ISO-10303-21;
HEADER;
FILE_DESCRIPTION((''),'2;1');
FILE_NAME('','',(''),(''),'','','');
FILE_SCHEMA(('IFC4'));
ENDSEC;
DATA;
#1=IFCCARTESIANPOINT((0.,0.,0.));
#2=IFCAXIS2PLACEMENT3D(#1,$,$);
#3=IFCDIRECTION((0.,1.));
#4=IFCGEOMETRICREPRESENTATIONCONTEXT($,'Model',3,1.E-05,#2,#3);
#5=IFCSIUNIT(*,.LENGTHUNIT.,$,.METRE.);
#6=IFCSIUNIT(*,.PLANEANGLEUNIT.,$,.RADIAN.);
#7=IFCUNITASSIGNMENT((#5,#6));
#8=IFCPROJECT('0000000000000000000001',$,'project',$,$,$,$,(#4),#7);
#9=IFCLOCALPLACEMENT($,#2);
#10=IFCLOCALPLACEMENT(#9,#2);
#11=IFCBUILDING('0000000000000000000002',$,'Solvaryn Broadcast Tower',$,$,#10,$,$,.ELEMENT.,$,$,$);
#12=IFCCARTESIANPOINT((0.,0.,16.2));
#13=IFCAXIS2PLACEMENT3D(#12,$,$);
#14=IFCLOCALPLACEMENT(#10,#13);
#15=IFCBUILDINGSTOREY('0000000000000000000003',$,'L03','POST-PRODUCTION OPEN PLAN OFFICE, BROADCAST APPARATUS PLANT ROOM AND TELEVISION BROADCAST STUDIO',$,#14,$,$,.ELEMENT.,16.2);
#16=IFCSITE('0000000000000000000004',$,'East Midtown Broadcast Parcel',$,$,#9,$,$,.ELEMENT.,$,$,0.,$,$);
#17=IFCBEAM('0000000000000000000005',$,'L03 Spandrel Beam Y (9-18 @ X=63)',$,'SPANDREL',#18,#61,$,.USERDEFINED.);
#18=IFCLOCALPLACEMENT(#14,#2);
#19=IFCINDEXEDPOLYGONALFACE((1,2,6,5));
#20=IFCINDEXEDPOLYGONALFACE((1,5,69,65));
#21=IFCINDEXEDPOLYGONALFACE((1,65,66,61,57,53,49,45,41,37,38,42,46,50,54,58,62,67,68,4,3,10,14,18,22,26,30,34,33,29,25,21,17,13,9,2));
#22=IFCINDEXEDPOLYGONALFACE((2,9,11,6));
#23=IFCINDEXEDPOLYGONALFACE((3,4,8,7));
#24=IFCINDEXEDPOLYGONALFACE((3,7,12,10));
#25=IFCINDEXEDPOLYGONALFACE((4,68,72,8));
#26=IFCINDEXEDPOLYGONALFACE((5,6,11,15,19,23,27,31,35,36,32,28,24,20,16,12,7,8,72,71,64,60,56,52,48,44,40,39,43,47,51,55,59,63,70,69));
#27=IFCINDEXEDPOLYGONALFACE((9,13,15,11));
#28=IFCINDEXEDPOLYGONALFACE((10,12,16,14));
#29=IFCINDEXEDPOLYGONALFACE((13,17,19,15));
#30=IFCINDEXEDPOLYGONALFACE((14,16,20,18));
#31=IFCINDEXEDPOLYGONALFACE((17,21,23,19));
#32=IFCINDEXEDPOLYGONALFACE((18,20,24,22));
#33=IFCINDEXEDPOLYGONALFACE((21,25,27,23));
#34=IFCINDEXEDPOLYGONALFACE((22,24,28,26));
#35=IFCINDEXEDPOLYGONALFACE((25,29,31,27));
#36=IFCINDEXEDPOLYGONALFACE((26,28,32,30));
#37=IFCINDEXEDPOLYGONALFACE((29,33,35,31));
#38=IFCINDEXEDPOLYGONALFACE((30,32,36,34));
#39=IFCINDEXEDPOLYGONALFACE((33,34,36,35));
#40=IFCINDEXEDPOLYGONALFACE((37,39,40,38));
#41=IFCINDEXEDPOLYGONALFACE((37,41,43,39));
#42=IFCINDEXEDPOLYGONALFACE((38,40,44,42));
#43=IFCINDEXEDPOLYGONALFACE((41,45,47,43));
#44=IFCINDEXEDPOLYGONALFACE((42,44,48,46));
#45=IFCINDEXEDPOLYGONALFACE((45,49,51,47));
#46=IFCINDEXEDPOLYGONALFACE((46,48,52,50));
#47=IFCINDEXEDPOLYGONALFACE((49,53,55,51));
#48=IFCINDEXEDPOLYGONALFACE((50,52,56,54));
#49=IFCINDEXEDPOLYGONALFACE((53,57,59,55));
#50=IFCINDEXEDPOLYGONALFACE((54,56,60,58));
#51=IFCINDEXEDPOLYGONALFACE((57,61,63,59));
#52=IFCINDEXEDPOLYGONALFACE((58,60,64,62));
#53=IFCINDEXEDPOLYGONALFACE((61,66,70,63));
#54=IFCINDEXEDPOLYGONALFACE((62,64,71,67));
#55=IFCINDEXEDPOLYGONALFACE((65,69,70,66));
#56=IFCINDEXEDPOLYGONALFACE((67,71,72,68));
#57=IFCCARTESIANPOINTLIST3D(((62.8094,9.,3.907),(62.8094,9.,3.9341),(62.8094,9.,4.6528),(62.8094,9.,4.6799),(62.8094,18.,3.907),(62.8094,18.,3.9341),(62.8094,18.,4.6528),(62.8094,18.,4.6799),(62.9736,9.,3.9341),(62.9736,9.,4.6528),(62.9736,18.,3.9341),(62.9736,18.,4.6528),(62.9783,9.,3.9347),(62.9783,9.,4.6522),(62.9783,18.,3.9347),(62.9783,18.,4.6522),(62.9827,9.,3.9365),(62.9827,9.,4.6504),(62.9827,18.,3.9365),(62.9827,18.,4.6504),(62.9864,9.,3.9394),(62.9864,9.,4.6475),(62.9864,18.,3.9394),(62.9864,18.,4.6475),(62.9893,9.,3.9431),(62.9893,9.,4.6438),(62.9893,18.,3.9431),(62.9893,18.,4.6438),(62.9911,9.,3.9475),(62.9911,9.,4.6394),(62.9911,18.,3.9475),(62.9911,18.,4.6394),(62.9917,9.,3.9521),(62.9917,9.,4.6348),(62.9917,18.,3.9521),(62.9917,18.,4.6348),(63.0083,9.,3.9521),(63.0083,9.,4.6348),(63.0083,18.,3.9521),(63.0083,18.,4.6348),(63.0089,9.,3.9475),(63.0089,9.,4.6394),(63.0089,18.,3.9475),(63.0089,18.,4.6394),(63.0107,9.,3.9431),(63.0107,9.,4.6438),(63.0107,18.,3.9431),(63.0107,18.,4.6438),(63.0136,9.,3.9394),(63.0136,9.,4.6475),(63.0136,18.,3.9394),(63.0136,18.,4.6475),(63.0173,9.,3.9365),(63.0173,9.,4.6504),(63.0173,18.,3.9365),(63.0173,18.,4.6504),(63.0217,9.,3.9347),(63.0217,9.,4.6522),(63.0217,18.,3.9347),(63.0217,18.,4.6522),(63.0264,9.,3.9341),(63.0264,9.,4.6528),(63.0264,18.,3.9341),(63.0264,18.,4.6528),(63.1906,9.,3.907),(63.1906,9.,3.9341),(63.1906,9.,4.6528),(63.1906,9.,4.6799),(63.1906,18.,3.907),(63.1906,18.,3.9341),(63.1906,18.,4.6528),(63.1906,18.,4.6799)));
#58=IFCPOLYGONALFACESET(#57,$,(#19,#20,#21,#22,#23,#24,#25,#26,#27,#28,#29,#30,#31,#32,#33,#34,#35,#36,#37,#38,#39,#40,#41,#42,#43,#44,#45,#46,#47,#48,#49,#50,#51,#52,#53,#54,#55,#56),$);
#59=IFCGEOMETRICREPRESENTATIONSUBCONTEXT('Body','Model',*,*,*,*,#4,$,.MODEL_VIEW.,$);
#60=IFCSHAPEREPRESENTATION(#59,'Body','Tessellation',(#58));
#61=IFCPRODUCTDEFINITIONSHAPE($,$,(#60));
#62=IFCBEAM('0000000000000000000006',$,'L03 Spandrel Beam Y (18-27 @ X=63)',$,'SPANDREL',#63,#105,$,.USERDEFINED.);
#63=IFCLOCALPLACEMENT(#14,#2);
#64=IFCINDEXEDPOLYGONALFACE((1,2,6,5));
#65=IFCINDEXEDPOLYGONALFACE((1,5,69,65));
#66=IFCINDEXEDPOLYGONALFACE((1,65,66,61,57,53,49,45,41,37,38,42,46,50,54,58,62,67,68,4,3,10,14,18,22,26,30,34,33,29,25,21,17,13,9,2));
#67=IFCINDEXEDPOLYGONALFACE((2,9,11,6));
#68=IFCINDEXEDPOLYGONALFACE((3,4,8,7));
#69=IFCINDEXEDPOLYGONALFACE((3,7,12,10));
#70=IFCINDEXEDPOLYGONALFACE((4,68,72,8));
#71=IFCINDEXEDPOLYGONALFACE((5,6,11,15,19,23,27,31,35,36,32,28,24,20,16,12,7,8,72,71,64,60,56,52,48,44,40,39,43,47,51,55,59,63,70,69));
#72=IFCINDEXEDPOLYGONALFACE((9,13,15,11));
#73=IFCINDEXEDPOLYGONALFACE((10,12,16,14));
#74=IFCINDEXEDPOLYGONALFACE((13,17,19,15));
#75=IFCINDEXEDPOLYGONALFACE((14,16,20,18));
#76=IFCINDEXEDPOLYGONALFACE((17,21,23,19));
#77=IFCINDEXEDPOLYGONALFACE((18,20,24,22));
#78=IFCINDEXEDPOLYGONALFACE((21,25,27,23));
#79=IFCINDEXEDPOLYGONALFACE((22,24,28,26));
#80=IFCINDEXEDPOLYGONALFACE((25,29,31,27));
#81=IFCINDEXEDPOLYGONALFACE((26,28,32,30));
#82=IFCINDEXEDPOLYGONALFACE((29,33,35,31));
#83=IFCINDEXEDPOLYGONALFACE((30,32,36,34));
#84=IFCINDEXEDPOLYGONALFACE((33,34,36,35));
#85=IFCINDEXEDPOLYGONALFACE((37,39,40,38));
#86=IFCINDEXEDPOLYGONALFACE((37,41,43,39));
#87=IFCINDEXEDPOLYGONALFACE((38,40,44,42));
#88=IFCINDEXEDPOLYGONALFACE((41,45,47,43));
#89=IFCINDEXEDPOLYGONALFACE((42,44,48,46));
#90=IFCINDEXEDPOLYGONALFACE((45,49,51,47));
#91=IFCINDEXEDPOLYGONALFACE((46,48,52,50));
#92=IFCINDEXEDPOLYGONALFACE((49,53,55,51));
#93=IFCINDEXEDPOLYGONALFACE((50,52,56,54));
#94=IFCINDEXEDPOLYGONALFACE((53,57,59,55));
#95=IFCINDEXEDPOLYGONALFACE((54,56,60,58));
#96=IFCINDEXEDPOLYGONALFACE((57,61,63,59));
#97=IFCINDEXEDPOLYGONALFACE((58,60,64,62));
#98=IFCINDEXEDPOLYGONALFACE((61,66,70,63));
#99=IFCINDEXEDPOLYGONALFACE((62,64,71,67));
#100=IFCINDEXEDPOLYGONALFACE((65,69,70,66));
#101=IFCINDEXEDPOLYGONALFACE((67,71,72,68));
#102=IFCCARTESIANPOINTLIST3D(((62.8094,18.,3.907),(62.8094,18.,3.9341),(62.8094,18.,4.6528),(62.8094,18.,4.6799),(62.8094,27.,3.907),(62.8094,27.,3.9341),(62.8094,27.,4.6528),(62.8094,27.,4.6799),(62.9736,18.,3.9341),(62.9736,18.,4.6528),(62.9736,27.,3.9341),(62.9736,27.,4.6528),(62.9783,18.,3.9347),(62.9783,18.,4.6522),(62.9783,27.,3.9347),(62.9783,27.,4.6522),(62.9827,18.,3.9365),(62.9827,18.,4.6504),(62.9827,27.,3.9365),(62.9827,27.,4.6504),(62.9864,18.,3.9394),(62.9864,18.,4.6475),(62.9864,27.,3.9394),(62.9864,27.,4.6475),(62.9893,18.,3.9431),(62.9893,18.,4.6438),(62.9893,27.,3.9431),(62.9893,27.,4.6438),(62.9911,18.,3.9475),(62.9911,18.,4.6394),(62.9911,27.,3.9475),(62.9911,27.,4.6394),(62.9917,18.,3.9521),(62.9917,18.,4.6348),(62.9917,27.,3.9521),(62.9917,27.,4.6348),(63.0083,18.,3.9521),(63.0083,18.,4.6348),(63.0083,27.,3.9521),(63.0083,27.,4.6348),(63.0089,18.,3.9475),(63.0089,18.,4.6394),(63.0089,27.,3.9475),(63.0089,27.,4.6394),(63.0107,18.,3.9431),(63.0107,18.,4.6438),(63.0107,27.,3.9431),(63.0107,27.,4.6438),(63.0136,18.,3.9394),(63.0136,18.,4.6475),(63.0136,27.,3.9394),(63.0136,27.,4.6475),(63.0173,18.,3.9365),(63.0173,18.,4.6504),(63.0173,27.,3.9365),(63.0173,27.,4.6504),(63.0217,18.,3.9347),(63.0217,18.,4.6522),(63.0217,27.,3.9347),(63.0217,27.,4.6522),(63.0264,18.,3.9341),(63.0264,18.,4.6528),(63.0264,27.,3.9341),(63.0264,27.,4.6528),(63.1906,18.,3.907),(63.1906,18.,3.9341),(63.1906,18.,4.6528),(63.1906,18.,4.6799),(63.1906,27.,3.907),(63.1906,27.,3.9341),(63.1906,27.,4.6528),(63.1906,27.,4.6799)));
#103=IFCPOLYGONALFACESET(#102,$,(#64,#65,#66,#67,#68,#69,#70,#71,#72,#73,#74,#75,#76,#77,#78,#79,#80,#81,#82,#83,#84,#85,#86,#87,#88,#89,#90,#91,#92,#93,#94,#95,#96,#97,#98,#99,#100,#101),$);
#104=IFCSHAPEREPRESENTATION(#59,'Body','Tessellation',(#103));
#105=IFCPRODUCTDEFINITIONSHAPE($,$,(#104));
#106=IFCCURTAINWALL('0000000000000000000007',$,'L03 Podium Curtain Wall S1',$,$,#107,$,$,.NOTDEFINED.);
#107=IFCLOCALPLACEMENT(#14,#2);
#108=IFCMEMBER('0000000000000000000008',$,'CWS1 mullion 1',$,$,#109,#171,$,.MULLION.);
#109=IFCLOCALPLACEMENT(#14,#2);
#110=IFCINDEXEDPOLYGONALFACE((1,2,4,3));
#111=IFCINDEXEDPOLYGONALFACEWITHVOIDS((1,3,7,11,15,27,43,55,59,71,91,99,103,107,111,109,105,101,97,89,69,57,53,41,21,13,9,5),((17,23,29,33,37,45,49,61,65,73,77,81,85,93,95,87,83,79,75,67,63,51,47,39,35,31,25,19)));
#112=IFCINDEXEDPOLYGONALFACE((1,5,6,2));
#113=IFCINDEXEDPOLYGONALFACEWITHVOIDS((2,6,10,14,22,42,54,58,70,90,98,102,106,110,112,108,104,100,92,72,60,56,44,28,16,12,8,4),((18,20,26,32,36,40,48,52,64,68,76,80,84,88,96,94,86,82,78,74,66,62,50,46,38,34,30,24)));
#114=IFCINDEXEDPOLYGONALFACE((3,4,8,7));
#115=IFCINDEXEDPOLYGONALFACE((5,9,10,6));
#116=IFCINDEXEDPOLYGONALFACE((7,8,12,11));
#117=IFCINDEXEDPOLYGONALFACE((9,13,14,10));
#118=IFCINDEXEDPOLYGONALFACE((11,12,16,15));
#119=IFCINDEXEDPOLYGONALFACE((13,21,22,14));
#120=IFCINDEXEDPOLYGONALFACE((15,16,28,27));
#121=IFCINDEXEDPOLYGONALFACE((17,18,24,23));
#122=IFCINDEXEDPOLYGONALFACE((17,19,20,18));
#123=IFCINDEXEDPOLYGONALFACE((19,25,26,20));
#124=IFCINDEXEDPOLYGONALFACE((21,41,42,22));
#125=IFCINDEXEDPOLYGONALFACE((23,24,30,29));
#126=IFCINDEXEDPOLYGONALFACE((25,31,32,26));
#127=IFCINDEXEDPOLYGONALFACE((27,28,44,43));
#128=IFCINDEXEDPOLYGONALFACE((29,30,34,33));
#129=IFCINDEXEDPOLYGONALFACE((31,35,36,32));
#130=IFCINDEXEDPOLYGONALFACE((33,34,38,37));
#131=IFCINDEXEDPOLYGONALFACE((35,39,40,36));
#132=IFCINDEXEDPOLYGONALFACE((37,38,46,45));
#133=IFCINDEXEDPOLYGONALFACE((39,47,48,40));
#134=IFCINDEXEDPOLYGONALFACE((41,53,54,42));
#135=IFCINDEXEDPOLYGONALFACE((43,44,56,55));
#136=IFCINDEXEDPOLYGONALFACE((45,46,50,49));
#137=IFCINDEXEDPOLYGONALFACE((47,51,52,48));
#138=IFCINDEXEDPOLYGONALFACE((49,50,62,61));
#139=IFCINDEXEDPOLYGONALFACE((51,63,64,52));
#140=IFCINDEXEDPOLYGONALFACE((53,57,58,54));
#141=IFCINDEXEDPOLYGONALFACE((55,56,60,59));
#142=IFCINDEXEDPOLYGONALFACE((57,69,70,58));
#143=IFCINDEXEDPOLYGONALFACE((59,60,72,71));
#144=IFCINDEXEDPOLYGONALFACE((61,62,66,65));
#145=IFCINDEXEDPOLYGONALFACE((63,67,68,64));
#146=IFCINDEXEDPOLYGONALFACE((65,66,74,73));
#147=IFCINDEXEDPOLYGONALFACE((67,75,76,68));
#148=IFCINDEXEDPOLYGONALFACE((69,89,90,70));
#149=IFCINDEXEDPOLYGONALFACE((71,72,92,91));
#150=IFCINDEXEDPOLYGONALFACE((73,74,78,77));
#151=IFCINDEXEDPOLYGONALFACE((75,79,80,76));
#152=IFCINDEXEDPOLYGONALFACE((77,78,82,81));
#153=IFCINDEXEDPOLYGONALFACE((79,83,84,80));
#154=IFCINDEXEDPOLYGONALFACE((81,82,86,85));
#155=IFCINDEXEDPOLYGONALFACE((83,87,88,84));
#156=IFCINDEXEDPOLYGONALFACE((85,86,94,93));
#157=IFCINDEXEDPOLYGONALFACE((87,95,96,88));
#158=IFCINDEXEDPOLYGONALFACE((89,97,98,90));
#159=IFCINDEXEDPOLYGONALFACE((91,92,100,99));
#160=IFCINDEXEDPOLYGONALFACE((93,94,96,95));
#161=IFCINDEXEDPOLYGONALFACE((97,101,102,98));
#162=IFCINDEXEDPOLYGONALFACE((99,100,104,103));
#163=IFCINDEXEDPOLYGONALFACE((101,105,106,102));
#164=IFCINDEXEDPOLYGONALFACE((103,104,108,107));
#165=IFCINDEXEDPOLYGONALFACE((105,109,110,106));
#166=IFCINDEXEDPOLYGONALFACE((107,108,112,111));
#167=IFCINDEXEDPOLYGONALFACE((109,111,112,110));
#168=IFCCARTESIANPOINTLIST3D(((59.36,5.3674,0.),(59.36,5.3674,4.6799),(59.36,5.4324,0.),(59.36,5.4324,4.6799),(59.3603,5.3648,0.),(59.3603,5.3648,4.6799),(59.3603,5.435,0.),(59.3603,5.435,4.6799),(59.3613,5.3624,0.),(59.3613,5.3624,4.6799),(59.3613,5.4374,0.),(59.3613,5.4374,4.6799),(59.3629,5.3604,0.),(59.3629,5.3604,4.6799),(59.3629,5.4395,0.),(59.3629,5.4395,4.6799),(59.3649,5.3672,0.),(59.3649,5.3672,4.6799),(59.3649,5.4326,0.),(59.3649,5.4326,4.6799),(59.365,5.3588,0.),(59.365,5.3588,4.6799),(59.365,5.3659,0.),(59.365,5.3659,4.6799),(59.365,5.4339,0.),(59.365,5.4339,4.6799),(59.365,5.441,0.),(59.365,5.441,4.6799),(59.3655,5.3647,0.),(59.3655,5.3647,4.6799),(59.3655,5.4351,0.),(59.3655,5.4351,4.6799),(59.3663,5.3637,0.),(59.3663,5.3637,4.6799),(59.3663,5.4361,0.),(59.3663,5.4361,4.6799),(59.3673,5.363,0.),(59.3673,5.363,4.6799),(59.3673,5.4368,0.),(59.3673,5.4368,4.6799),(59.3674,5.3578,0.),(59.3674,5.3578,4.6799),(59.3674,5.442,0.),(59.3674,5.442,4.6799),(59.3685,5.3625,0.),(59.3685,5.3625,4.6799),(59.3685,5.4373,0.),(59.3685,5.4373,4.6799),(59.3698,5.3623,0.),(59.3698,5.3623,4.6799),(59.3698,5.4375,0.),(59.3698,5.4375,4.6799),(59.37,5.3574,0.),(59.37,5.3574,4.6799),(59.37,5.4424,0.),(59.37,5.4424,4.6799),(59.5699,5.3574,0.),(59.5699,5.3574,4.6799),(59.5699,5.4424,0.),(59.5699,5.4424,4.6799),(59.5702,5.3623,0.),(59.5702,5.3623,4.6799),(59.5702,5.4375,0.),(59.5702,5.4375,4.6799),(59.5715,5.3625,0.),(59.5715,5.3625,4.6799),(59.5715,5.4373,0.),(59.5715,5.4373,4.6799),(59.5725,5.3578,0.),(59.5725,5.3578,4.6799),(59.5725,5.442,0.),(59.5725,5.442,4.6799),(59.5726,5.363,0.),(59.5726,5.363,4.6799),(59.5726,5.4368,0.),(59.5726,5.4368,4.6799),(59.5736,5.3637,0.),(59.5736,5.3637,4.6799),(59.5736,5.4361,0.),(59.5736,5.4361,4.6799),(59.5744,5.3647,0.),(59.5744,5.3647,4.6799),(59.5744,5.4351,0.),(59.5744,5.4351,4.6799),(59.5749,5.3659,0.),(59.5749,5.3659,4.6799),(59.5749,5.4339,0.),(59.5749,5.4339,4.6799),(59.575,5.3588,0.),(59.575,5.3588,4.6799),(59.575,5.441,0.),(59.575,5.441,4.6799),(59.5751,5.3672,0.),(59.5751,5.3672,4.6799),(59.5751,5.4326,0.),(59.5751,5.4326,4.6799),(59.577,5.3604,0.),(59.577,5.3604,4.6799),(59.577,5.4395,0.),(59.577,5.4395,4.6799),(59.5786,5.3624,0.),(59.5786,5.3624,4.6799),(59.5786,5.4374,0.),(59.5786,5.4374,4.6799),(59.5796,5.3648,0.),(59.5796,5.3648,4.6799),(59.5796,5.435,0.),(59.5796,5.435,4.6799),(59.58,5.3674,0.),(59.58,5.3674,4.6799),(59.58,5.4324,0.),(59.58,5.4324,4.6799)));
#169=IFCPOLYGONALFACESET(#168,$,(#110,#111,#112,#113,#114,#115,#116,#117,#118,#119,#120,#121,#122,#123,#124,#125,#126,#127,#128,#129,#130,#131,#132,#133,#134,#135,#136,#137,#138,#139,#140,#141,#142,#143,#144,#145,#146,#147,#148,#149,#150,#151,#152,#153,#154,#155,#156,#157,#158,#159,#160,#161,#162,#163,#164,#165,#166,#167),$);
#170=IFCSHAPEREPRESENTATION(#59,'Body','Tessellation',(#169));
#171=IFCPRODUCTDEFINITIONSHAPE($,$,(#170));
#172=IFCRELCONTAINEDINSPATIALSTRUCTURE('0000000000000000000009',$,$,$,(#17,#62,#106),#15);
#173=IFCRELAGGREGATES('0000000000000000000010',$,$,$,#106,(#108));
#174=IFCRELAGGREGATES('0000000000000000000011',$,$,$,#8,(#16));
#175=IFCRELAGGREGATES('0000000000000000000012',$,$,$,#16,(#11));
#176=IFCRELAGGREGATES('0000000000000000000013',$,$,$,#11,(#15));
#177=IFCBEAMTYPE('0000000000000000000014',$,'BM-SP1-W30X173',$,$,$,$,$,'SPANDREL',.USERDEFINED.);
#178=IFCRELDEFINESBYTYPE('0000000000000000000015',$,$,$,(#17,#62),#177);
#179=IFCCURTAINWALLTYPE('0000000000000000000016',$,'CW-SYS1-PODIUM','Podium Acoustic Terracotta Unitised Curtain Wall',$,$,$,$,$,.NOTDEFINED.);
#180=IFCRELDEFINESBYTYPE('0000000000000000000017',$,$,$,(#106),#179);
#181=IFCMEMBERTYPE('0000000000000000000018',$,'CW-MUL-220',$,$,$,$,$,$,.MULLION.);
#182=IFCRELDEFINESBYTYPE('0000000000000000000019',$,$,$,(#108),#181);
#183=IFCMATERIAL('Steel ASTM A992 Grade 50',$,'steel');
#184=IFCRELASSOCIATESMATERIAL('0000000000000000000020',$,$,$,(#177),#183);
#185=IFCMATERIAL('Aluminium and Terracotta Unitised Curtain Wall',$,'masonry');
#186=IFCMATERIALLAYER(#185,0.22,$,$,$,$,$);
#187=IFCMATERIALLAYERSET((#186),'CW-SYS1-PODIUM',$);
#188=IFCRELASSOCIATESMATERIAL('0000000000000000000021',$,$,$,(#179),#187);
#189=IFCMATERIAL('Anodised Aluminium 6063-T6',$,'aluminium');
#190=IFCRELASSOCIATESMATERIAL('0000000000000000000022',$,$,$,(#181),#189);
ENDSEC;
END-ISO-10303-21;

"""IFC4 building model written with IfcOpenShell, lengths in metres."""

from ifc_helpers import new_model, si_unit, direction, frame, origin, origin_2d, place, context, subcontext, project, spatial, hollow_rectangle, i_section, extrude, material, layer, layer_set, material_profile, profile_set, type_object, element, aggregate, save


model = new_model("IFC4")

# Units and contexts
model_context = context("Model", 3, precision=1e-05, world=origin(), true_north=direction((0.0, 1.0)))
body_context = subcontext(model_context, "Body", "Model", "MODEL_VIEW")
ifc_project = project(units=[si_unit("LENGTHUNIT", "METRE"), si_unit("PLANEANGLEUNIT", "RADIAN")], contexts=[model_context])

# Site, building, storey
site_placement = place(None, origin())
site = spatial("IfcSite", under=ifc_project, at=site_placement, Name="East Midtown Broadcast Parcel", CompositionType="ELEMENT", RefElevation=0.0)
building_placement = place(site_placement, origin())
building = spatial("IfcBuilding", under=site, at=building_placement, Name="Solvaryn Broadcast Tower", CompositionType="ELEMENT")
storey_placement = place(building_placement, frame((0.0, 0.0, 16.2)))
storey = spatial("IfcBuildingStorey", under=building, at=storey_placement, Name="L03", Description="POST-PRODUCTION OPEN PLAN OFFICE, BROADCAST APPARATUS PLANT ROOM AND TELEVISION BROADCAST STUDIO", CompositionType="ELEMENT", Elevation=16.2)

# Beams
ifc_material_1 = material(Name="Steel ASTM A992 Grade 50", Category="steel")
ifc_material_profile_1 = material_profile(ifc_material_1, i_section(OverallWidth=0.3811, OverallDepth=0.7729, WebThickness=0.0166, FlangeThickness=0.0271, FilletRadius=0.0181, at=origin_2d()))
ifc_profile_set_1 = profile_set([ifc_material_profile_1], Name="Steel ASTM A992 Grade 50")
beam_type_1 = type_object("IfcBeamType", Name="BM-SP1-W30X173", ElementType="SPANDREL", PredefinedType="USERDEFINED", material=ifc_profile_set_1)
for number, where, z_axis, x_axis, name in (
    (1, (63.0, 9.0, 4.2935), (0.0, 1.0, 0.0), (-1.0, 0.0, 0.0), "L03 Spandrel Beam Y (9-18 @ X=63)"),
    (2, (63.0, 18.0, 4.2935), (0.0, 1.0, 0.0), (-1.0, 0.0, 0.0), "L03 Spandrel Beam Y (18-27 @ X=63)"),
):
    element("IfcBeam", number, at=place(storey_placement, frame(where, z_axis=z_axis, x_axis=x_axis)), inside=storey, type_object=beam_type_1, Name=name, ObjectType="SPANDREL", PredefinedType="USERDEFINED", context=body_context, shape_type="SweptSolid", body=[
        extrude(i_section(OverallWidth=0.3811, OverallDepth=0.7729, WebThickness=0.0166, FlangeThickness=0.0271, FilletRadius=0.0181, at=origin_2d()), origin(), (0.0, 0.0, 1.0), 9.0),
    ])

# Curtain wall, member
ifc_material_2 = material(Name="Aluminium and Terracotta Unitised Curtain Wall", Category="masonry")
ifc_layer_1 = layer(ifc_material_2, 0.22)
ifc_layer_set_1 = layer_set([ifc_layer_1], Name="CW-SYS1-PODIUM")
curtain_wall_type = type_object("IfcCurtainWallType", Name="CW-SYS1-PODIUM", Description="Podium Acoustic Terracotta Unitised Curtain Wall", PredefinedType="NOTDEFINED", material=ifc_layer_set_1)
curtain_wall_1_placement = place(storey_placement, origin())
curtain_wall_1 = element("IfcCurtainWall", 3, at=curtain_wall_1_placement, inside=storey, type_object=curtain_wall_type, Name="L03 Podium Curtain Wall S1", PredefinedType="NOTDEFINED")
ifc_material_3 = material(Name="Anodised Aluminium 6063-T6", Category="aluminium")
ifc_material_profile_2 = material_profile(ifc_material_3, hollow_rectangle(XDim=0.085, YDim=0.22, WallThickness=0.0049, InnerFilletRadius=0.0049, OuterFilletRadius=0.01, at=origin_2d()))
ifc_profile_set_2 = profile_set([ifc_material_profile_2], Name="Anodised Aluminium 6063-T6")
member_type_1 = type_object("IfcMemberType", Name="CW-MUL-220", PredefinedType="MULLION", material=ifc_profile_set_2)
member_1_placement = place(storey_placement, frame((59.47, 5.3999, 0.0), z_axis=(0.0, 0.0, 1.0), x_axis=(0.0, -1.0, 0.0)))
member_1 = element("IfcMember", 4, at=member_1_placement, type_object=member_type_1, Name="CWS1 mullion 1", PredefinedType="MULLION", context=body_context, shape_type="SweptSolid", body=[
    extrude(hollow_rectangle(XDim=0.085, YDim=0.22, WallThickness=0.0049, InnerFilletRadius=0.0049, OuterFilletRadius=0.01, at=origin_2d()), origin(), (0.0, 0.0, 1.0), 4.6799),
])

aggregate(curtain_wall_1, [member_1])

save(model, "model.ifc")
